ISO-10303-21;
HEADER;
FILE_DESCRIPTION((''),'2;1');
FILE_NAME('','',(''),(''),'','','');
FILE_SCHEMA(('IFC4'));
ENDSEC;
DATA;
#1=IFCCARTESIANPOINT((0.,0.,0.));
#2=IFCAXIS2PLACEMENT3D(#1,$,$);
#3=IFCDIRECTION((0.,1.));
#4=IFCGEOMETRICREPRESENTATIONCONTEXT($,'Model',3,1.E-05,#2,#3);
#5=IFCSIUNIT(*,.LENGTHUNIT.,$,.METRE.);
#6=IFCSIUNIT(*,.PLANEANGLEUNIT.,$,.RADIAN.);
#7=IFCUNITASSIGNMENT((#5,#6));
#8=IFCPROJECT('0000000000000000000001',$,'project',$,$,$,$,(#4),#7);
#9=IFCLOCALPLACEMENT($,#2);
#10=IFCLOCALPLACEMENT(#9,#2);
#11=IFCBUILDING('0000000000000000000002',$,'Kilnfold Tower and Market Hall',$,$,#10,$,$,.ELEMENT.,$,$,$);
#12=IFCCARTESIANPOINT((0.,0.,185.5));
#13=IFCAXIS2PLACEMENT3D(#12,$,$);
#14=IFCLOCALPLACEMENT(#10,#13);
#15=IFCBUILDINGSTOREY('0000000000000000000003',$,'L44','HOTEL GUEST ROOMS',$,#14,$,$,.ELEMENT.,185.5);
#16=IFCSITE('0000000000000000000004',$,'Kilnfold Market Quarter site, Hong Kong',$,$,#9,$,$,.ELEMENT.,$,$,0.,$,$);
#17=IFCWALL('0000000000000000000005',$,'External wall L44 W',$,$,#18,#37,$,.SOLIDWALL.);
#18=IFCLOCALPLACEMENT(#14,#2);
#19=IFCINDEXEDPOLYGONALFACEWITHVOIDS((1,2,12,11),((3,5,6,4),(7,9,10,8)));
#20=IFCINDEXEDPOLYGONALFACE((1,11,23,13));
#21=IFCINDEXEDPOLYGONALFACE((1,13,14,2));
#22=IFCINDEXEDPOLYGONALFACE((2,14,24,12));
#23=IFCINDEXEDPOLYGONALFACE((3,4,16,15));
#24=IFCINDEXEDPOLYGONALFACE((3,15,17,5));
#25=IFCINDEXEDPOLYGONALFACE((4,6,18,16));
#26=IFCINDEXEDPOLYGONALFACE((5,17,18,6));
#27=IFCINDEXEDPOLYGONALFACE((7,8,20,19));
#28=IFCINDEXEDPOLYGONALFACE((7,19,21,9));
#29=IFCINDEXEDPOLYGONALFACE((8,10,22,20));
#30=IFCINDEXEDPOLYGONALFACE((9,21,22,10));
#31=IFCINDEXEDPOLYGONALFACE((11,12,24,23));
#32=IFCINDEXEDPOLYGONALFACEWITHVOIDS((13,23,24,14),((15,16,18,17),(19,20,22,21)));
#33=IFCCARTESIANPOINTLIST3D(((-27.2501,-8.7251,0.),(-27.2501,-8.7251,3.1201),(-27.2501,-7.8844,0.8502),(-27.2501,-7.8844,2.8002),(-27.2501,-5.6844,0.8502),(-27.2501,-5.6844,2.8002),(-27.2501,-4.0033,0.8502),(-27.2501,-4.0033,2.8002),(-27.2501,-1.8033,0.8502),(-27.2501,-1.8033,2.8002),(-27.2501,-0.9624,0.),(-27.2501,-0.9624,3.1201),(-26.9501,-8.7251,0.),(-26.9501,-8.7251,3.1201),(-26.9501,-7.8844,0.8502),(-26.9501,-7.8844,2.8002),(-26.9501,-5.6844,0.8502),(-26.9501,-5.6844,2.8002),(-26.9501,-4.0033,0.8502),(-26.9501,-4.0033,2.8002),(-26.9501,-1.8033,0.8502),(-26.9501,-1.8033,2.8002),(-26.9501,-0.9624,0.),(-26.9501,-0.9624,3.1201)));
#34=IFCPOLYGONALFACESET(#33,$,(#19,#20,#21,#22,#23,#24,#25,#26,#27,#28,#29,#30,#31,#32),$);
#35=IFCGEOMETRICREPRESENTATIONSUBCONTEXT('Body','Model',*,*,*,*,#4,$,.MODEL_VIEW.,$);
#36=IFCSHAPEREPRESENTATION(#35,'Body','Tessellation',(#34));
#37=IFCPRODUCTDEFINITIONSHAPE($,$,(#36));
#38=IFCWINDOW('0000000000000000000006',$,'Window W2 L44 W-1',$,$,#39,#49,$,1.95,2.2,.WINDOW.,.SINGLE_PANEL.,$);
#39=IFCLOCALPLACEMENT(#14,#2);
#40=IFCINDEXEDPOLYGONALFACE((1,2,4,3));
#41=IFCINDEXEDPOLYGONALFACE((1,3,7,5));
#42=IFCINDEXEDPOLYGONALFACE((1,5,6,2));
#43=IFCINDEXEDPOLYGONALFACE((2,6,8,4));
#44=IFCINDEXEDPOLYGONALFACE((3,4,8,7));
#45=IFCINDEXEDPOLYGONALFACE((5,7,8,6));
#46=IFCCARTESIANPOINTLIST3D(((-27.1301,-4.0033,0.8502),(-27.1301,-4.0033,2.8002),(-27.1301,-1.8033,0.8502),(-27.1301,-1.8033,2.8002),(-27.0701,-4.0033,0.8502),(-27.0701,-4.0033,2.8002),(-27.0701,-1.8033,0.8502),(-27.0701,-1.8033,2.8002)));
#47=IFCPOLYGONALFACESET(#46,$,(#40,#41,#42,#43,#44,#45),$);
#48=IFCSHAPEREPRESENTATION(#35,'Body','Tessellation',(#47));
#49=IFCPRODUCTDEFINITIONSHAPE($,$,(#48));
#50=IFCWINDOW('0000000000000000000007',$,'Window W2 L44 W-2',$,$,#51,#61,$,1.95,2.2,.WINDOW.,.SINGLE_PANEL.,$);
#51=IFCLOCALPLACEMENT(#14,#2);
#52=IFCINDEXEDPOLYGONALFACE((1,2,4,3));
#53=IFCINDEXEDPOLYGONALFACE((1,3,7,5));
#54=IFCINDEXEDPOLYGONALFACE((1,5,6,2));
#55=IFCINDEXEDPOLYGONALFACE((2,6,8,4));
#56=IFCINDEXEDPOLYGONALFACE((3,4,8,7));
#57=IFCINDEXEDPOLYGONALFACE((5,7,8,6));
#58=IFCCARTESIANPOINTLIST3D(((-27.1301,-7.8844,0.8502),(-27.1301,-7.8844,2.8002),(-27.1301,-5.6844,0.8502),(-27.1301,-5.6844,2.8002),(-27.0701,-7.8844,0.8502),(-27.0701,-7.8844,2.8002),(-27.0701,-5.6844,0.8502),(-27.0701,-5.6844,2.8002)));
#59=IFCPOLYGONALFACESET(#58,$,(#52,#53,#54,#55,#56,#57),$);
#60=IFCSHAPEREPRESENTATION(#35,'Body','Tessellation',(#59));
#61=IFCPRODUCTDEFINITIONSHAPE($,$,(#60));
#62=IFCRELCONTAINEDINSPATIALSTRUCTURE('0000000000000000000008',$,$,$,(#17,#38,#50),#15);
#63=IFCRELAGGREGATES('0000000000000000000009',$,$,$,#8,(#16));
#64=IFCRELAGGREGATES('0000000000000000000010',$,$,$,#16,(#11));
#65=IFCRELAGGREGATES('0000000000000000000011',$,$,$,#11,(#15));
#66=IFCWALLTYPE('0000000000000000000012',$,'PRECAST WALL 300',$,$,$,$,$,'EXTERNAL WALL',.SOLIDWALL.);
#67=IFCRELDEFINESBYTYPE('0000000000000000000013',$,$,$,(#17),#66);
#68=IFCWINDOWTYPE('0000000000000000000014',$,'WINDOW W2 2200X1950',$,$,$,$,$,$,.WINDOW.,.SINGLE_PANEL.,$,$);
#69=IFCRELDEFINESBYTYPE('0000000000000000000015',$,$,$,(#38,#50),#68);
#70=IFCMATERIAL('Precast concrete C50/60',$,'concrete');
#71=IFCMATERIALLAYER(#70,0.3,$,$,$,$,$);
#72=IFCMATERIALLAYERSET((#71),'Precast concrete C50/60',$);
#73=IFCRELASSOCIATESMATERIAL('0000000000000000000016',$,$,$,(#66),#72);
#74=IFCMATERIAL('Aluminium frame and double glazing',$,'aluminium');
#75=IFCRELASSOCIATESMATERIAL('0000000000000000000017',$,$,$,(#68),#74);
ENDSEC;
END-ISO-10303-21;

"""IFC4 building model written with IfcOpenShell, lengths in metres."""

from ifc_helpers import new_model, si_unit, direction, frame, frame_2d, origin, place, context, subcontext, project, spatial, rectangle, extrude, source, transform, mapped, material, layer, layer_set, type_object, element, fill, save


model = new_model("IFC4")

# Units and contexts
model_context = context("Model", 3, precision=1e-05, world=origin(), true_north=direction((0.0, 1.0)))
body_context = subcontext(model_context, "Body", "Model", "MODEL_VIEW")
ifc_project = project(units=[si_unit("LENGTHUNIT", "METRE"), si_unit("PLANEANGLEUNIT", "RADIAN")], contexts=[model_context])

# Site, building, storey
site_placement = place(None, origin())
site = spatial("IfcSite", under=ifc_project, at=site_placement, Name="Kilnfold Market Quarter site, Hong Kong", CompositionType="ELEMENT", RefElevation=0.0)
building_placement = place(site_placement, origin())
building = spatial("IfcBuilding", under=site, at=building_placement, Name="Kilnfold Tower and Market Hall", CompositionType="ELEMENT")
storey_placement = place(building_placement, frame((0.0, 0.0, 185.5)))
storey = spatial("IfcBuildingStorey", under=building, at=storey_placement, Name="L44", Description="HOTEL GUEST ROOMS", CompositionType="ELEMENT", Elevation=185.5)

# Wall, openings, windows
ifc_material_1 = material(Name="Precast concrete C50/60", Category="concrete")
ifc_layer_1 = layer(ifc_material_1, 0.3)
ifc_layer_set_1 = layer_set([ifc_layer_1], Name="Precast concrete C50/60")
wall_type_1 = type_object("IfcWallType", Name="PRECAST WALL 300", ElementType="EXTERNAL WALL", PredefinedType="SOLIDWALL", material=ifc_layer_set_1)
shared_shape_1 = source(origin(), body_context, "Body", "SweptSolid", [
    extrude(rectangle(XDim=7.7627, YDim=0.3, at=frame_2d((3.8813, 0.0))), origin(), (0.0, 0.0, 1.0), 3.1201),
])
ifc_material_2 = material(Name="Aluminium frame and double glazing", Category="aluminium")
window_type = type_object("IfcWindowType", Name="WINDOW W2 2200X1950", PartitioningType="SINGLE_PANEL", PredefinedType="WINDOW", material=ifc_material_2)
wall_1_placement = place(storey_placement, frame((-27.1001, -0.9624, 0.0), z_axis=(0.0, 0.0, 1.0), x_axis=(0.0, -1.0, 0.0)))
wall_1 = element("IfcWall", 1, at=wall_1_placement, inside=storey, type_object=wall_type_1, Name="External wall L44 W", PredefinedType="SOLIDWALL", context=body_context, shape_type="MappedRepresentation", body=[
    mapped(shared_shape_1, transform((0.0, 0.0, 0.0))),
])
opening_1_placement = place(wall_1_placement, frame((0.8408, 0.0, 0.8501)))
opening_1 = element("IfcOpeningElement", 2, at=opening_1_placement, cuts=wall_1, PredefinedType="OPENING", context=body_context, shape_type="SweptSolid", body=[
    extrude(rectangle(XDim=2.2, YDim=1.95, at=frame_2d((1.1001, 0.9751))), frame((0.0, 0.1602, 0.0), z_axis=(0.0, -1.0, 0.0), x_axis=(1.0, 0.0, 0.0)), (0.0, 0.0, 1.0), 0.3201),
])
opening_2_placement = place(wall_1_placement, frame((4.7219, 0.0, 0.8501)))
opening_2 = element("IfcOpeningElement", 3, at=opening_2_placement, cuts=wall_1, PredefinedType="OPENING", context=body_context, shape_type="SweptSolid", body=[
    extrude(rectangle(XDim=2.2, YDim=1.95, at=frame_2d((1.1001, 0.9751))), frame((0.0, 0.1602, 0.0), z_axis=(0.0, -1.0, 0.0), x_axis=(1.0, 0.0, 0.0)), (0.0, 0.0, 1.0), 0.3201),
])
window_1_placement = place(opening_1_placement, origin())
window_1 = element("IfcWindow", 4, at=window_1_placement, inside=storey, type_object=window_type, Name="Window W2 L44 W-1", OverallHeight=1.95, OverallWidth=2.2, PartitioningType="SINGLE_PANEL", PredefinedType="WINDOW", context=body_context, shape_type="SweptSolid", body=[
    extrude(rectangle(XDim=2.2, YDim=1.95, at=frame_2d((1.1001, 0.9751))), frame((0.0, 0.03, 0.0), z_axis=(0.0, -1.0, 0.0), x_axis=(1.0, 0.0, 0.0)), (0.0, 0.0, 1.0), 0.0601),
])
fill(opening_1, window_1)
window_2_placement = place(opening_2_placement, origin())
window_2 = element("IfcWindow", 5, at=window_2_placement, inside=storey, type_object=window_type, Name="Window W2 L44 W-2", OverallHeight=1.95, OverallWidth=2.2, PartitioningType="SINGLE_PANEL", PredefinedType="WINDOW", context=body_context, shape_type="SweptSolid", body=[
    extrude(rectangle(XDim=2.2, YDim=1.95, at=frame_2d((1.1001, 0.9751))), frame((0.0, 0.03, 0.0), z_axis=(0.0, -1.0, 0.0), x_axis=(1.0, 0.0, 0.0)), (0.0, 0.0, 1.0), 0.0601),
])
fill(opening_2, window_2)

save(model, "model.ifc")
